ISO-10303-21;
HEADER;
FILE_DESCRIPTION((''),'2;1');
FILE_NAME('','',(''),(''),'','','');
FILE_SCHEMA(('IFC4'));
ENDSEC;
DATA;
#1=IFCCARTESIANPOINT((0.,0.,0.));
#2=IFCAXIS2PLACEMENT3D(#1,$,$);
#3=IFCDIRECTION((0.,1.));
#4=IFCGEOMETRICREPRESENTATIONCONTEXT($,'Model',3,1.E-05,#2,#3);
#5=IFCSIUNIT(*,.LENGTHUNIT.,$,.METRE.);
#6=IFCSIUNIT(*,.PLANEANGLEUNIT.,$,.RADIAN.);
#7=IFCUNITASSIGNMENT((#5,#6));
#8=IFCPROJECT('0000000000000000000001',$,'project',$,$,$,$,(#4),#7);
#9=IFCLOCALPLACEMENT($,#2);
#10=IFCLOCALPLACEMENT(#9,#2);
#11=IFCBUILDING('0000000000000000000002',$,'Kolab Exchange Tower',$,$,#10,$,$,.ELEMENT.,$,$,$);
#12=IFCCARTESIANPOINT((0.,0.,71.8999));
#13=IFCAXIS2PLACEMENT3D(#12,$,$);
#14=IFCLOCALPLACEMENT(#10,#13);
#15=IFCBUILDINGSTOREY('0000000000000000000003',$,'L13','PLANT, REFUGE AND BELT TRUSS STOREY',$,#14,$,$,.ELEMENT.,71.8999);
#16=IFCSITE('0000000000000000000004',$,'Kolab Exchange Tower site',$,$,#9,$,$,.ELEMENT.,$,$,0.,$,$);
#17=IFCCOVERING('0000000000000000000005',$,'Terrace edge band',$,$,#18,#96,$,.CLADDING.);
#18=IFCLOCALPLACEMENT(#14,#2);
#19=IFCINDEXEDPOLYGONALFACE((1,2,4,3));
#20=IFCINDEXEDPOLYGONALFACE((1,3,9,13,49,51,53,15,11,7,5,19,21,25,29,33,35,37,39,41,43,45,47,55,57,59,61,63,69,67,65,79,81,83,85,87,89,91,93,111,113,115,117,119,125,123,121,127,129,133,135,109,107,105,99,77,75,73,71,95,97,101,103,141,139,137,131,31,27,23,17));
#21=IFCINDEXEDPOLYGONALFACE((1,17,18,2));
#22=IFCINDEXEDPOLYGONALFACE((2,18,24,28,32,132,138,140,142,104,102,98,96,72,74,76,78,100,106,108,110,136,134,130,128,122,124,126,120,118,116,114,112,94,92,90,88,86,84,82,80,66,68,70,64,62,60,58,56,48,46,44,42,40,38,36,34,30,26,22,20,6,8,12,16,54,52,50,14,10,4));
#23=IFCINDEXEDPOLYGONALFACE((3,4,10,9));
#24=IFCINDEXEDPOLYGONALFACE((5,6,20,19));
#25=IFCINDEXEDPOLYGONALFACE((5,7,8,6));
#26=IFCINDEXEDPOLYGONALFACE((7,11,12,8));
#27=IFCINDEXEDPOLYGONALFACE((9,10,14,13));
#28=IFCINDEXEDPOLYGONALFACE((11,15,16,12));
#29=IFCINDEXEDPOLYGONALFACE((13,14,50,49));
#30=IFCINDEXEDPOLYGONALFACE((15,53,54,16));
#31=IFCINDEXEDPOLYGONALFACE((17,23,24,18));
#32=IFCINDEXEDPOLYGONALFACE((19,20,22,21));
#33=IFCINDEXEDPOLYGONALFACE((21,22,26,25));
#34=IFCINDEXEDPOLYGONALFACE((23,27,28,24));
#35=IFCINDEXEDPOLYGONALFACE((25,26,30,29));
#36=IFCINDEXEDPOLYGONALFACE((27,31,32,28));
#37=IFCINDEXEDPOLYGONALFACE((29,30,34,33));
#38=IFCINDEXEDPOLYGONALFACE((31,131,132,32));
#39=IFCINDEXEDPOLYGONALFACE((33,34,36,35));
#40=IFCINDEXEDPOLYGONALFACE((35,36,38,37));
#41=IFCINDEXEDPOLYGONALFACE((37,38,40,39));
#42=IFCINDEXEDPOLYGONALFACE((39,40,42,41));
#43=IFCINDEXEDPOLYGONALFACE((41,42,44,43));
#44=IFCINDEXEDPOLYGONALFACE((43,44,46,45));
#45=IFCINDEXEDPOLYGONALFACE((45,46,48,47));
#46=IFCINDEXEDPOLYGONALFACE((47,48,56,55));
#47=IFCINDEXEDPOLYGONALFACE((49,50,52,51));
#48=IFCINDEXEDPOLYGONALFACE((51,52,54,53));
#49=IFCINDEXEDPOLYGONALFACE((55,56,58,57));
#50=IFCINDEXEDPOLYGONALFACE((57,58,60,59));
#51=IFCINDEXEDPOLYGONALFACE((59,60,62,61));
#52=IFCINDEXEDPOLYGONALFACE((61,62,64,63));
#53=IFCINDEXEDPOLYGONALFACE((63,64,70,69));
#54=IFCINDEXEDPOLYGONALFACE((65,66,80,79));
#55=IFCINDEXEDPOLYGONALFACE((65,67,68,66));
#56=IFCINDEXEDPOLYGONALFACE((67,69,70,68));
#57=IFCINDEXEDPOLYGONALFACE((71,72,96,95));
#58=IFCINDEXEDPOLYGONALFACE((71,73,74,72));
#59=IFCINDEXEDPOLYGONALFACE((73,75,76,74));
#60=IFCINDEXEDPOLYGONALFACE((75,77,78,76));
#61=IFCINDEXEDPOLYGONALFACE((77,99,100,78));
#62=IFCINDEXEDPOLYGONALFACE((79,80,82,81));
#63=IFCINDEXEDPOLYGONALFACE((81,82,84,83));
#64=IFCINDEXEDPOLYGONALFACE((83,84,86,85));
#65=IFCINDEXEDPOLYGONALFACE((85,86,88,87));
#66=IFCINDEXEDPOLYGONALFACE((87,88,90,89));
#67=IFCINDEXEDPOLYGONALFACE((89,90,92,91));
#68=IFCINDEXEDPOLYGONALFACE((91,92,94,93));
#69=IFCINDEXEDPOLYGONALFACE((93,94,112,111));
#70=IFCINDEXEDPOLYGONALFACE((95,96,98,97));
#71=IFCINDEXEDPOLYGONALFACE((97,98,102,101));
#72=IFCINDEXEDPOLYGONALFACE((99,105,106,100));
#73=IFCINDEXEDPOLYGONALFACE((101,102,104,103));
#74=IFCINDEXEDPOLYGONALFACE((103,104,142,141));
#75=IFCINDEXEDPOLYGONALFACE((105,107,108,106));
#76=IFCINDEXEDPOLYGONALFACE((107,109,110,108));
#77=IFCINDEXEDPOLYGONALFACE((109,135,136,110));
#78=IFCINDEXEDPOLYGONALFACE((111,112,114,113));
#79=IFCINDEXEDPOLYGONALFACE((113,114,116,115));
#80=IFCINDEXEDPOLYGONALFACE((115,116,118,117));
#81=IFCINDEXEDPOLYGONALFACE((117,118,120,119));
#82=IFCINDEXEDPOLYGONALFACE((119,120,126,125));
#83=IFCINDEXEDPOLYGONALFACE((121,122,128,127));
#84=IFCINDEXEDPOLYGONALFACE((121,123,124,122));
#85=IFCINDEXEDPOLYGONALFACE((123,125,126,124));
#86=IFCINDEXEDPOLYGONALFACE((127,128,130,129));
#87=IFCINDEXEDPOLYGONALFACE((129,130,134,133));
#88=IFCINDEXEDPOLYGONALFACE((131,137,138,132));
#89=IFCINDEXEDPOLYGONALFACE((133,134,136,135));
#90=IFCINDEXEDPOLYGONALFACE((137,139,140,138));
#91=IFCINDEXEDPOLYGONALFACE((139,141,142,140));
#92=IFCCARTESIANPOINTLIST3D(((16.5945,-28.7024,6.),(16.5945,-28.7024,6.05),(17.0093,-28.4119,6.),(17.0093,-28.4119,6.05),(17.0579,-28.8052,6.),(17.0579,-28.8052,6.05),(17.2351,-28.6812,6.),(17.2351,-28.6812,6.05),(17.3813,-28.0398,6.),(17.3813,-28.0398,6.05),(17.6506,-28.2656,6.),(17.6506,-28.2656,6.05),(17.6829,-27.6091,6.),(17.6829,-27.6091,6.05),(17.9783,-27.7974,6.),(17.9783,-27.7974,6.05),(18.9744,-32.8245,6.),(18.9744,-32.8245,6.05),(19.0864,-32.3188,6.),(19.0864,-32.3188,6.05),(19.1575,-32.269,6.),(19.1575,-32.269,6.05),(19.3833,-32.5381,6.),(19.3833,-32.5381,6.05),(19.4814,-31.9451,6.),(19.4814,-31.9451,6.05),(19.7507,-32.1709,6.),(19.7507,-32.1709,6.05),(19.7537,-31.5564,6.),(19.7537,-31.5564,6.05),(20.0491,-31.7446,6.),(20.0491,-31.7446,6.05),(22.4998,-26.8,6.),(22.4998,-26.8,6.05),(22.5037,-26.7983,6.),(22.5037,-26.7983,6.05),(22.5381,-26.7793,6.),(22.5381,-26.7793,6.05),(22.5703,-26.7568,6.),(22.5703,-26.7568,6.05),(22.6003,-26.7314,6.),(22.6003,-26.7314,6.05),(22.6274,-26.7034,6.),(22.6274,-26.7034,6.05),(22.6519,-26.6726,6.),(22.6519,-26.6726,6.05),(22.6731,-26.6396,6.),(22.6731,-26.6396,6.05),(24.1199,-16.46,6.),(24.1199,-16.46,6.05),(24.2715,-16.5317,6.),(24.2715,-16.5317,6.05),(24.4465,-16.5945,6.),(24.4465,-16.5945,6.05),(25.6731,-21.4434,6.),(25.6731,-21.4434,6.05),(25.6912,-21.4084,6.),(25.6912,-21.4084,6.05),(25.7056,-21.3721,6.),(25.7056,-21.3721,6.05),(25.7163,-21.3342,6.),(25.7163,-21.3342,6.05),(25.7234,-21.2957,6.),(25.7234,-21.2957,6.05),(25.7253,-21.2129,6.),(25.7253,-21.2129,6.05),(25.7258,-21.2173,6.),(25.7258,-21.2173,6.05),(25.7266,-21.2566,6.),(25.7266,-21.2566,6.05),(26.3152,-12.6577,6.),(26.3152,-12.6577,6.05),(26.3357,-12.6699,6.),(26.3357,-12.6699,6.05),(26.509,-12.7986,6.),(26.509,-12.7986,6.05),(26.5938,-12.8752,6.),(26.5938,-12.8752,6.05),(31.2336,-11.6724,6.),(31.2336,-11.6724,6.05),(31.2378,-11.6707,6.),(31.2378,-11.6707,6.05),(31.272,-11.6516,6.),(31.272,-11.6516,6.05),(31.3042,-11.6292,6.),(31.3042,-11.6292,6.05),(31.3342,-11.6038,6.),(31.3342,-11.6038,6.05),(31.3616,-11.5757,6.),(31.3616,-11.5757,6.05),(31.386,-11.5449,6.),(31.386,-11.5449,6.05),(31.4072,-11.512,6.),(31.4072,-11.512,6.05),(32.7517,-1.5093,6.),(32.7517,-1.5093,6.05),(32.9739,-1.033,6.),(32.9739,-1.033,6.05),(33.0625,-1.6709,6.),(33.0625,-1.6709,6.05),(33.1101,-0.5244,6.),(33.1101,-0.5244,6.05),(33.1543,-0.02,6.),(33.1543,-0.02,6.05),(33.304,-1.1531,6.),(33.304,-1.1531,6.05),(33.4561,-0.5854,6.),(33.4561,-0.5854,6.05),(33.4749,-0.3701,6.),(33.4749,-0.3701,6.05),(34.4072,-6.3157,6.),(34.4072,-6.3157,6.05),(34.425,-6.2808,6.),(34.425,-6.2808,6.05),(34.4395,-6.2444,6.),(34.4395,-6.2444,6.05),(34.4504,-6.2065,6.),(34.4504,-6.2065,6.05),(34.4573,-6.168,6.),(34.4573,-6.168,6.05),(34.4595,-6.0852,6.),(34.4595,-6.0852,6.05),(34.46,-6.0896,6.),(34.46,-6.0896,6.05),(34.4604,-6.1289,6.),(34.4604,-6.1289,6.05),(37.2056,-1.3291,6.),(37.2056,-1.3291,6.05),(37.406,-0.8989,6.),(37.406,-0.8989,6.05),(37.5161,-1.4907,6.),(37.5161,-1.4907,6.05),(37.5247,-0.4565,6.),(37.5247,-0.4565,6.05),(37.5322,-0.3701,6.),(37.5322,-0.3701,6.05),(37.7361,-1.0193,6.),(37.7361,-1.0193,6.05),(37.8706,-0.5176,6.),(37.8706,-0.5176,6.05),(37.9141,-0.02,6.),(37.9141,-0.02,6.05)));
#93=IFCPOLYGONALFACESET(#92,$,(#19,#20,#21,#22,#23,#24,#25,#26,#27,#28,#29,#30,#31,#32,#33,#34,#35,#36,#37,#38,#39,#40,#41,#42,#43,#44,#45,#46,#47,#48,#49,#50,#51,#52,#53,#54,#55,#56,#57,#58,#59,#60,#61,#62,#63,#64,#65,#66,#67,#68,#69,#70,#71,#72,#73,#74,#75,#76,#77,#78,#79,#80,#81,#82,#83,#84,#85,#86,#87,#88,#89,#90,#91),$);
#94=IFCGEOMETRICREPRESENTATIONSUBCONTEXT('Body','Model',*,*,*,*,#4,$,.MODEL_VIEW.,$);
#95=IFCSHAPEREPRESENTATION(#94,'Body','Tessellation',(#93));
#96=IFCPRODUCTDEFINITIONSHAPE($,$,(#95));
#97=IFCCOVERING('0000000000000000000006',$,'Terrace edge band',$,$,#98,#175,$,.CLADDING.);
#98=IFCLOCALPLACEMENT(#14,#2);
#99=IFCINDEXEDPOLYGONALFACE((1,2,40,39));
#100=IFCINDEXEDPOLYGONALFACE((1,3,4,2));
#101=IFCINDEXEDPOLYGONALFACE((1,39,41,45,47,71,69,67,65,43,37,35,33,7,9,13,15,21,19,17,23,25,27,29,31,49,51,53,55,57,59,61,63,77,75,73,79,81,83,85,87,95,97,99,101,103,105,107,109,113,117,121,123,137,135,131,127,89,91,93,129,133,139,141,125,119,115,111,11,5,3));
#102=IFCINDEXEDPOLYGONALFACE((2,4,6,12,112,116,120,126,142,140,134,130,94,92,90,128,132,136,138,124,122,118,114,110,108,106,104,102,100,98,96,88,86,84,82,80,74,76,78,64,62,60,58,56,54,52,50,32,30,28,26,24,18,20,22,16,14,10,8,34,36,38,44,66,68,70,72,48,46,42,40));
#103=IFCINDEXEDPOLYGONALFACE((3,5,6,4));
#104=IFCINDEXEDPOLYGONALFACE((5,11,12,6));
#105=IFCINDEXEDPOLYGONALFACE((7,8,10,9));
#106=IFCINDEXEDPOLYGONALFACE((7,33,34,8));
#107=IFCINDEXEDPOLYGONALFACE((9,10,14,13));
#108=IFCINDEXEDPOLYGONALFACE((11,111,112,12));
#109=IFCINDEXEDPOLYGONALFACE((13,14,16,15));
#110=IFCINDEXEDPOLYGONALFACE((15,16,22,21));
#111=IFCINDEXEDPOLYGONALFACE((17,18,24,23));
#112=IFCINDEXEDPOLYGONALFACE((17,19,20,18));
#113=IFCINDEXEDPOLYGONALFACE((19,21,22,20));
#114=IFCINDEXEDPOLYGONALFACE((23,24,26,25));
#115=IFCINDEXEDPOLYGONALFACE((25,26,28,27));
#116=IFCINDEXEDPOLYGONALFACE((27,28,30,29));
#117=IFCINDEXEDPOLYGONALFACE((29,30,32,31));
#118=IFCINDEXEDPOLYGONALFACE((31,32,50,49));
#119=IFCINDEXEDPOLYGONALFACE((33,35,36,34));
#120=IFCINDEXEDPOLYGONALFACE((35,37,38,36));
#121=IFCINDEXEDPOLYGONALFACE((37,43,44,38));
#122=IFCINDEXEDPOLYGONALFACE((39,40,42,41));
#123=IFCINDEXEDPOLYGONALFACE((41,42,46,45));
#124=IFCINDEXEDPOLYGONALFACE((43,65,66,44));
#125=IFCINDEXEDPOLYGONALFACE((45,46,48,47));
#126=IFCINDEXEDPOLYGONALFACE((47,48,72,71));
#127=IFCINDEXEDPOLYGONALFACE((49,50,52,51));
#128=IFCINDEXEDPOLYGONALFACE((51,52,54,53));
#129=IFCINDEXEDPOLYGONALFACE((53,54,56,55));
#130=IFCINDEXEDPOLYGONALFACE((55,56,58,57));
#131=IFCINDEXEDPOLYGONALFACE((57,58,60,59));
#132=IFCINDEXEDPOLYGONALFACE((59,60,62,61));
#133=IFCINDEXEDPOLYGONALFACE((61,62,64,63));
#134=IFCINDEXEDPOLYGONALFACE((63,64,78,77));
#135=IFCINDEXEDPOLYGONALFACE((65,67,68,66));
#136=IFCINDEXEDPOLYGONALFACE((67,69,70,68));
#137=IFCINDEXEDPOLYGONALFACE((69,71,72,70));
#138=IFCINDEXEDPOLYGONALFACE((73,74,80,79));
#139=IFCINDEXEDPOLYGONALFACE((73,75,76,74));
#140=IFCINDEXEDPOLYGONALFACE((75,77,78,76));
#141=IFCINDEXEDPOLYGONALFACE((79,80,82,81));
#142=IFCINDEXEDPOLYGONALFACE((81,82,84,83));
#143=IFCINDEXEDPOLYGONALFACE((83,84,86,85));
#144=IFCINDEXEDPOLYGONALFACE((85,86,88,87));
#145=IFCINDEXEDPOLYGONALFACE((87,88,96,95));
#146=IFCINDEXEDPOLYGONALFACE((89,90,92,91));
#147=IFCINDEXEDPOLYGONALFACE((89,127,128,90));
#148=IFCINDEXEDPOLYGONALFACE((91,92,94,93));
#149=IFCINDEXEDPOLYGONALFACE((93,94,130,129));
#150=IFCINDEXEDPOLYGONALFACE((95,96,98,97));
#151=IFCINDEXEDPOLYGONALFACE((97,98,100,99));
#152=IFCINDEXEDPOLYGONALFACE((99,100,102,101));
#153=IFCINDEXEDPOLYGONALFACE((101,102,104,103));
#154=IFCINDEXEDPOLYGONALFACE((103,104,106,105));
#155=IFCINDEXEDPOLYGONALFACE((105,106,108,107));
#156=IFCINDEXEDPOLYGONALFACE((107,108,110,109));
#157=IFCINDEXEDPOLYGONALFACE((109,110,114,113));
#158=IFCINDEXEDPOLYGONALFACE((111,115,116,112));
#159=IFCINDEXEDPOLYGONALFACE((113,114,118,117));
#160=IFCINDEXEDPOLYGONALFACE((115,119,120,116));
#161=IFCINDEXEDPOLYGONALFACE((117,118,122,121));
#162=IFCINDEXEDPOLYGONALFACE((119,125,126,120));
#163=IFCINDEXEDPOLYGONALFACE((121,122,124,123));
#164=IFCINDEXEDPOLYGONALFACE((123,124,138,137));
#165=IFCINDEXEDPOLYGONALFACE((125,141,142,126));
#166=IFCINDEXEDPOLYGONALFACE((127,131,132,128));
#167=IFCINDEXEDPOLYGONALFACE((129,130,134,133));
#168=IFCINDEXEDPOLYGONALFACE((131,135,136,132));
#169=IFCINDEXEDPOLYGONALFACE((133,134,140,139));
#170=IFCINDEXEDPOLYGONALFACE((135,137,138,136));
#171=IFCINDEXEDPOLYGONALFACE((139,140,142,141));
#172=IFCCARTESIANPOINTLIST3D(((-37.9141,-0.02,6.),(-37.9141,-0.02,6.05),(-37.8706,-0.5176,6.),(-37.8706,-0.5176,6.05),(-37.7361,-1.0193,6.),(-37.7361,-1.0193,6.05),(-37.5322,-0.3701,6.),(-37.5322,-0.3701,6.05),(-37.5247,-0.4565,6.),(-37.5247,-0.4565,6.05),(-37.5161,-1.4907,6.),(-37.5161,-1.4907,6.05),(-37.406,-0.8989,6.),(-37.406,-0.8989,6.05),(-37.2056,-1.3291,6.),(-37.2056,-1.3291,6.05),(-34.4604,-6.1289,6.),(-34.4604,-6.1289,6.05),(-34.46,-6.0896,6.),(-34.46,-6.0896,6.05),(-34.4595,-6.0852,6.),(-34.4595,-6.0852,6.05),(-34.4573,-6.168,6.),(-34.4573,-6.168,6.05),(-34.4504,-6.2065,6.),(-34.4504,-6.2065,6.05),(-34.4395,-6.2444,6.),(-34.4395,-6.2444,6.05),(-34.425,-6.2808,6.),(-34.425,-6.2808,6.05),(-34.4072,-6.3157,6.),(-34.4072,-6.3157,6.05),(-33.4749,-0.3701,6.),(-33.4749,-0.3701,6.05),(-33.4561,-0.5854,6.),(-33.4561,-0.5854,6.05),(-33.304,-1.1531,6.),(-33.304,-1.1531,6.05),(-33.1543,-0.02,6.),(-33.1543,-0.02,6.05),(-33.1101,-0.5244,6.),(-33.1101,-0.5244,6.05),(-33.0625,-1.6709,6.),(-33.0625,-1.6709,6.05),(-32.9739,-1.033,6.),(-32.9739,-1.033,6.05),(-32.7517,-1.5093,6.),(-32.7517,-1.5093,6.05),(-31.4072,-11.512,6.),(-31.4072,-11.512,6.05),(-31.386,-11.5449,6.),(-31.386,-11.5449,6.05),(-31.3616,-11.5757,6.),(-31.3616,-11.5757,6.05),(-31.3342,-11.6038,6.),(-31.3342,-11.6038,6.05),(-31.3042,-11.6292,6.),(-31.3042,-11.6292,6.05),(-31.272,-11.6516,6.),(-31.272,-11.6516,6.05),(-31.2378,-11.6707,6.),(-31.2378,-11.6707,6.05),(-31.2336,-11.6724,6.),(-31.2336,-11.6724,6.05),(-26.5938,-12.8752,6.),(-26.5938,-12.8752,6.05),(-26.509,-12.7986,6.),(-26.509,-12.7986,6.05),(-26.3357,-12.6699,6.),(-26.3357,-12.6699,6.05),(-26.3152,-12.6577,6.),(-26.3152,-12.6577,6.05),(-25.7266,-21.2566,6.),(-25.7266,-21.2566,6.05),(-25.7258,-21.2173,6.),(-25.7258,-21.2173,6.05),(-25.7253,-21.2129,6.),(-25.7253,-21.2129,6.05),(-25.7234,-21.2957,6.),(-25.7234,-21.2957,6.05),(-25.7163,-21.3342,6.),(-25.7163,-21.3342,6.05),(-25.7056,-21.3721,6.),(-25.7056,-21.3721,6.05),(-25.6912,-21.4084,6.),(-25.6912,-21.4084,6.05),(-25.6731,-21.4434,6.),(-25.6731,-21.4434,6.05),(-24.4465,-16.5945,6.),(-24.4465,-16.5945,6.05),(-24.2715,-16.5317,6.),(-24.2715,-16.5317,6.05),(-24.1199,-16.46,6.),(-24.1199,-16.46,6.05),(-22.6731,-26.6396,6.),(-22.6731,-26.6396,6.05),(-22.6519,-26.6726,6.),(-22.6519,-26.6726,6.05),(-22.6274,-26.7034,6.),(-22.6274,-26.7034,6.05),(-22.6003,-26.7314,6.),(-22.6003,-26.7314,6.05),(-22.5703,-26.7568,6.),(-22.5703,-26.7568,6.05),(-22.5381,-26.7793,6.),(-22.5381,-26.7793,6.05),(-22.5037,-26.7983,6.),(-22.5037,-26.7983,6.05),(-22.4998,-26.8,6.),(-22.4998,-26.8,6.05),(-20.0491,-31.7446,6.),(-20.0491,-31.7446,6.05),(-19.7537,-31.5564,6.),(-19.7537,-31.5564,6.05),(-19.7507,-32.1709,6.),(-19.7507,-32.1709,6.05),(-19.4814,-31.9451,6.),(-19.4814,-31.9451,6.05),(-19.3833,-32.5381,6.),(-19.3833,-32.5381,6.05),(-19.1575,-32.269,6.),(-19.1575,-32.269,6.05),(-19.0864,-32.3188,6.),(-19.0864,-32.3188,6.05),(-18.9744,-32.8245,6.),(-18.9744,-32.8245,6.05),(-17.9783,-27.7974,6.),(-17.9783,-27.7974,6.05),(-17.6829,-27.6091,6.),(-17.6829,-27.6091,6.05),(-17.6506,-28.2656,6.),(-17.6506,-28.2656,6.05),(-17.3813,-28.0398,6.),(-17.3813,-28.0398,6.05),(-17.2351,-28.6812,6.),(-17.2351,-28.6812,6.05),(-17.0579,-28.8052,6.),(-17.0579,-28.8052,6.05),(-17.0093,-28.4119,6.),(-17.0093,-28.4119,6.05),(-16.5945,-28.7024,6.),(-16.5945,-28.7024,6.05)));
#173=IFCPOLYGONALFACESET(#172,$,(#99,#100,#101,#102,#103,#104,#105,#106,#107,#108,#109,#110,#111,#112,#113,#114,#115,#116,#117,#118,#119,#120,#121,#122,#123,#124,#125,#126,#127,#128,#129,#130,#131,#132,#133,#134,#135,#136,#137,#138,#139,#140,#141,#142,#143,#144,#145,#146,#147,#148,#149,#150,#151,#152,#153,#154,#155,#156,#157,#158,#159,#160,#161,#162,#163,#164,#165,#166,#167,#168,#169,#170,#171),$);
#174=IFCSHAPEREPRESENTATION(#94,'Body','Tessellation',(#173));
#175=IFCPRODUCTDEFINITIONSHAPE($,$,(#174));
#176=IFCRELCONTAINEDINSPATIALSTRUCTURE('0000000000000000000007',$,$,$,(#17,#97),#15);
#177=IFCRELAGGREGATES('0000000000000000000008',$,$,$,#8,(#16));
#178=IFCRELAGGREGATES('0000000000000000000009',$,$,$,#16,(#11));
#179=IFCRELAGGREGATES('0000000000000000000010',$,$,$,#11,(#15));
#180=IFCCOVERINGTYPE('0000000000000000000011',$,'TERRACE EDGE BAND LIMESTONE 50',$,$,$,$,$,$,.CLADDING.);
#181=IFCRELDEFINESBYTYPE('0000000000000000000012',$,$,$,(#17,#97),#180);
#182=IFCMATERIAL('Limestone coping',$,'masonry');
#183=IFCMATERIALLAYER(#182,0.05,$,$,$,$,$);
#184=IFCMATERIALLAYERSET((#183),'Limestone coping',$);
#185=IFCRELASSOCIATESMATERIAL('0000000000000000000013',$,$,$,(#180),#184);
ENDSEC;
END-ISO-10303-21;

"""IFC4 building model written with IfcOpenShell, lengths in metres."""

from ifc_helpers import new_model, si_unit, direction, frame, origin, place, context, subcontext, project, spatial, polyline, outline, extrude, material, layer, layer_set, type_object, element, save


model = new_model("IFC4")

# Units and contexts
model_context = context("Model", 3, precision=1e-05, world=origin(), true_north=direction((0.0, 1.0)))
body_context = subcontext(model_context, "Body", "Model", "MODEL_VIEW")
ifc_project = project(units=[si_unit("LENGTHUNIT", "METRE"), si_unit("PLANEANGLEUNIT", "RADIAN")], contexts=[model_context])

# Site, building, storey
site_placement = place(None, origin())
site = spatial("IfcSite", under=ifc_project, at=site_placement, Name="Kolab Exchange Tower site", CompositionType="ELEMENT", RefElevation=0.0)
building_placement = place(site_placement, origin())
building = spatial("IfcBuilding", under=site, at=building_placement, Name="Kolab Exchange Tower", CompositionType="ELEMENT")
storey_placement = place(building_placement, frame((0.0, 0.0, 71.8999)))
storey = spatial("IfcBuildingStorey", under=building, at=storey_placement, Name="L13", Description="PLANT, REFUGE AND BELT TRUSS STOREY", CompositionType="ELEMENT", Elevation=71.8999)

# Coverings
ifc_material_1 = material(Name="Limestone coping", Category="masonry")
ifc_layer_1 = layer(ifc_material_1, 0.05)
ifc_layer_set_1 = layer_set([ifc_layer_1], Name="Limestone coping")
covering_type_1 = type_object("IfcCoveringType", Name="TERRACE EDGE BAND LIMESTONE 50", PredefinedType="CLADDING", material=ifc_layer_set_1)
covering_1_placement = place(storey_placement, frame((0.0, 0.0, 6.0)))
element("IfcCovering", 1, at=covering_1_placement, inside=storey, type_object=covering_type_1, Name="Terrace edge band", PredefinedType="CLADDING", context=body_context, shape_type="SweptSolid", body=[
    extrude(outline(polyline([(19.3833, -32.5381), (18.9744, -32.8245), (16.5945, -28.7024), (17.0093, -28.4119), (17.3813, -28.0398), (17.6829, -27.6091), (24.1199, -16.46), (24.2715, -16.5317), (24.4465, -16.5945), (17.9783, -27.7974), (17.6506, -28.2656), (17.2351, -28.6812), (17.0579, -28.8052), (19.0864, -32.3188), (19.1575, -32.269), (19.4814, -31.9451), (19.7537, -31.5564), (22.4998, -26.8), (22.5037, -26.7983), (22.5381, -26.7793), (22.5703, -26.7568), (22.6003, -26.7314), (22.6274, -26.7034), (22.6519, -26.6726), (22.6731, -26.6396), (25.6731, -21.4434), (25.6912, -21.4084), (25.7056, -21.3721), (25.7163, -21.3342), (25.7234, -21.2957), (25.7266, -21.2566), (25.7258, -21.2173), (25.7253, -21.2129), (31.2336, -11.6724), (31.2378, -11.6707), (31.272, -11.6516), (31.3042, -11.6292), (31.3342, -11.6038), (31.3616, -11.5757), (31.386, -11.5449), (31.4072, -11.512), (34.4072, -6.3157), (34.425, -6.2808), (34.4395, -6.2444), (34.4504, -6.2065), (34.4573, -6.168), (34.4604, -6.1289), (34.46, -6.0896), (34.4595, -6.0852), (37.2056, -1.3291), (37.406, -0.8989), (37.5247, -0.4565), (37.5322, -0.3701), (33.4749, -0.3701), (33.4561, -0.5854), (33.304, -1.1531), (33.0625, -1.6709), (26.5938, -12.8752), (26.509, -12.7986), (26.3357, -12.6699), (26.3152, -12.6577), (32.7517, -1.5093), (32.9739, -1.033), (33.1101, -0.5244), (33.1543, -0.02), (37.9141, -0.02), (37.8706, -0.5176), (37.7361, -1.0193), (37.5161, -1.4907), (20.0491, -31.7446), (19.7507, -32.1709), (19.3833, -32.5381)])), origin(), (0.0, 0.0, 1.0), 0.05),
])
covering_2_placement = place(storey_placement, frame((0.0, 0.0, 6.0)))
element("IfcCovering", 2, at=covering_2_placement, inside=storey, type_object=covering_type_1, Name="Terrace edge band", PredefinedType="CLADDING", context=body_context, shape_type="SweptSolid", body=[
    extrude(outline(polyline([(-19.7507, -32.1709), (-20.0491, -31.7446), (-37.5161, -1.4907), (-37.7361, -1.0193), (-37.8706, -0.5176), (-37.9141, -0.02), (-33.1543, -0.02), (-33.1101, -0.5244), (-32.9739, -1.033), (-32.7517, -1.5093), (-26.3152, -12.6577), (-26.3357, -12.6699), (-26.509, -12.7986), (-26.5938, -12.8752), (-33.0625, -1.6709), (-33.304, -1.1531), (-33.4561, -0.5854), (-33.4749, -0.3701), (-37.5322, -0.3701), (-37.5247, -0.4565), (-37.406, -0.8989), (-37.2056, -1.3291), (-34.4595, -6.0852), (-34.46, -6.0896), (-34.4604, -6.1289), (-34.4573, -6.168), (-34.4504, -6.2065), (-34.4395, -6.2444), (-34.425, -6.2808), (-34.4072, -6.3157), (-31.4072, -11.512), (-31.386, -11.5449), (-31.3616, -11.5757), (-31.3342, -11.6038), (-31.3042, -11.6292), (-31.272, -11.6516), (-31.2378, -11.6707), (-31.2336, -11.6724), (-25.7253, -21.2129), (-25.7258, -21.2173), (-25.7266, -21.2566), (-25.7234, -21.2957), (-25.7163, -21.3342), (-25.7056, -21.3721), (-25.6912, -21.4084), (-25.6731, -21.4434), (-22.6731, -26.6396), (-22.6519, -26.6726), (-22.6274, -26.7034), (-22.6003, -26.7314), (-22.5703, -26.7568), (-22.5381, -26.7793), (-22.5037, -26.7983), (-22.4998, -26.8), (-19.7537, -31.5564), (-19.4814, -31.9451), (-19.1575, -32.269), (-19.0864, -32.3188), (-17.0579, -28.8052), (-17.2351, -28.6812), (-17.6506, -28.2656), (-17.9783, -27.7974), (-24.4465, -16.5945), (-24.2715, -16.5317), (-24.1199, -16.46), (-17.6829, -27.6091), (-17.3813, -28.0398), (-17.0093, -28.4119), (-16.5945, -28.7024), (-18.9744, -32.8245), (-19.3833, -32.5381), (-19.7507, -32.1709)])), origin(), (0.0, 0.0, 1.0), 0.05),
])

save(model, "model.ifc")
